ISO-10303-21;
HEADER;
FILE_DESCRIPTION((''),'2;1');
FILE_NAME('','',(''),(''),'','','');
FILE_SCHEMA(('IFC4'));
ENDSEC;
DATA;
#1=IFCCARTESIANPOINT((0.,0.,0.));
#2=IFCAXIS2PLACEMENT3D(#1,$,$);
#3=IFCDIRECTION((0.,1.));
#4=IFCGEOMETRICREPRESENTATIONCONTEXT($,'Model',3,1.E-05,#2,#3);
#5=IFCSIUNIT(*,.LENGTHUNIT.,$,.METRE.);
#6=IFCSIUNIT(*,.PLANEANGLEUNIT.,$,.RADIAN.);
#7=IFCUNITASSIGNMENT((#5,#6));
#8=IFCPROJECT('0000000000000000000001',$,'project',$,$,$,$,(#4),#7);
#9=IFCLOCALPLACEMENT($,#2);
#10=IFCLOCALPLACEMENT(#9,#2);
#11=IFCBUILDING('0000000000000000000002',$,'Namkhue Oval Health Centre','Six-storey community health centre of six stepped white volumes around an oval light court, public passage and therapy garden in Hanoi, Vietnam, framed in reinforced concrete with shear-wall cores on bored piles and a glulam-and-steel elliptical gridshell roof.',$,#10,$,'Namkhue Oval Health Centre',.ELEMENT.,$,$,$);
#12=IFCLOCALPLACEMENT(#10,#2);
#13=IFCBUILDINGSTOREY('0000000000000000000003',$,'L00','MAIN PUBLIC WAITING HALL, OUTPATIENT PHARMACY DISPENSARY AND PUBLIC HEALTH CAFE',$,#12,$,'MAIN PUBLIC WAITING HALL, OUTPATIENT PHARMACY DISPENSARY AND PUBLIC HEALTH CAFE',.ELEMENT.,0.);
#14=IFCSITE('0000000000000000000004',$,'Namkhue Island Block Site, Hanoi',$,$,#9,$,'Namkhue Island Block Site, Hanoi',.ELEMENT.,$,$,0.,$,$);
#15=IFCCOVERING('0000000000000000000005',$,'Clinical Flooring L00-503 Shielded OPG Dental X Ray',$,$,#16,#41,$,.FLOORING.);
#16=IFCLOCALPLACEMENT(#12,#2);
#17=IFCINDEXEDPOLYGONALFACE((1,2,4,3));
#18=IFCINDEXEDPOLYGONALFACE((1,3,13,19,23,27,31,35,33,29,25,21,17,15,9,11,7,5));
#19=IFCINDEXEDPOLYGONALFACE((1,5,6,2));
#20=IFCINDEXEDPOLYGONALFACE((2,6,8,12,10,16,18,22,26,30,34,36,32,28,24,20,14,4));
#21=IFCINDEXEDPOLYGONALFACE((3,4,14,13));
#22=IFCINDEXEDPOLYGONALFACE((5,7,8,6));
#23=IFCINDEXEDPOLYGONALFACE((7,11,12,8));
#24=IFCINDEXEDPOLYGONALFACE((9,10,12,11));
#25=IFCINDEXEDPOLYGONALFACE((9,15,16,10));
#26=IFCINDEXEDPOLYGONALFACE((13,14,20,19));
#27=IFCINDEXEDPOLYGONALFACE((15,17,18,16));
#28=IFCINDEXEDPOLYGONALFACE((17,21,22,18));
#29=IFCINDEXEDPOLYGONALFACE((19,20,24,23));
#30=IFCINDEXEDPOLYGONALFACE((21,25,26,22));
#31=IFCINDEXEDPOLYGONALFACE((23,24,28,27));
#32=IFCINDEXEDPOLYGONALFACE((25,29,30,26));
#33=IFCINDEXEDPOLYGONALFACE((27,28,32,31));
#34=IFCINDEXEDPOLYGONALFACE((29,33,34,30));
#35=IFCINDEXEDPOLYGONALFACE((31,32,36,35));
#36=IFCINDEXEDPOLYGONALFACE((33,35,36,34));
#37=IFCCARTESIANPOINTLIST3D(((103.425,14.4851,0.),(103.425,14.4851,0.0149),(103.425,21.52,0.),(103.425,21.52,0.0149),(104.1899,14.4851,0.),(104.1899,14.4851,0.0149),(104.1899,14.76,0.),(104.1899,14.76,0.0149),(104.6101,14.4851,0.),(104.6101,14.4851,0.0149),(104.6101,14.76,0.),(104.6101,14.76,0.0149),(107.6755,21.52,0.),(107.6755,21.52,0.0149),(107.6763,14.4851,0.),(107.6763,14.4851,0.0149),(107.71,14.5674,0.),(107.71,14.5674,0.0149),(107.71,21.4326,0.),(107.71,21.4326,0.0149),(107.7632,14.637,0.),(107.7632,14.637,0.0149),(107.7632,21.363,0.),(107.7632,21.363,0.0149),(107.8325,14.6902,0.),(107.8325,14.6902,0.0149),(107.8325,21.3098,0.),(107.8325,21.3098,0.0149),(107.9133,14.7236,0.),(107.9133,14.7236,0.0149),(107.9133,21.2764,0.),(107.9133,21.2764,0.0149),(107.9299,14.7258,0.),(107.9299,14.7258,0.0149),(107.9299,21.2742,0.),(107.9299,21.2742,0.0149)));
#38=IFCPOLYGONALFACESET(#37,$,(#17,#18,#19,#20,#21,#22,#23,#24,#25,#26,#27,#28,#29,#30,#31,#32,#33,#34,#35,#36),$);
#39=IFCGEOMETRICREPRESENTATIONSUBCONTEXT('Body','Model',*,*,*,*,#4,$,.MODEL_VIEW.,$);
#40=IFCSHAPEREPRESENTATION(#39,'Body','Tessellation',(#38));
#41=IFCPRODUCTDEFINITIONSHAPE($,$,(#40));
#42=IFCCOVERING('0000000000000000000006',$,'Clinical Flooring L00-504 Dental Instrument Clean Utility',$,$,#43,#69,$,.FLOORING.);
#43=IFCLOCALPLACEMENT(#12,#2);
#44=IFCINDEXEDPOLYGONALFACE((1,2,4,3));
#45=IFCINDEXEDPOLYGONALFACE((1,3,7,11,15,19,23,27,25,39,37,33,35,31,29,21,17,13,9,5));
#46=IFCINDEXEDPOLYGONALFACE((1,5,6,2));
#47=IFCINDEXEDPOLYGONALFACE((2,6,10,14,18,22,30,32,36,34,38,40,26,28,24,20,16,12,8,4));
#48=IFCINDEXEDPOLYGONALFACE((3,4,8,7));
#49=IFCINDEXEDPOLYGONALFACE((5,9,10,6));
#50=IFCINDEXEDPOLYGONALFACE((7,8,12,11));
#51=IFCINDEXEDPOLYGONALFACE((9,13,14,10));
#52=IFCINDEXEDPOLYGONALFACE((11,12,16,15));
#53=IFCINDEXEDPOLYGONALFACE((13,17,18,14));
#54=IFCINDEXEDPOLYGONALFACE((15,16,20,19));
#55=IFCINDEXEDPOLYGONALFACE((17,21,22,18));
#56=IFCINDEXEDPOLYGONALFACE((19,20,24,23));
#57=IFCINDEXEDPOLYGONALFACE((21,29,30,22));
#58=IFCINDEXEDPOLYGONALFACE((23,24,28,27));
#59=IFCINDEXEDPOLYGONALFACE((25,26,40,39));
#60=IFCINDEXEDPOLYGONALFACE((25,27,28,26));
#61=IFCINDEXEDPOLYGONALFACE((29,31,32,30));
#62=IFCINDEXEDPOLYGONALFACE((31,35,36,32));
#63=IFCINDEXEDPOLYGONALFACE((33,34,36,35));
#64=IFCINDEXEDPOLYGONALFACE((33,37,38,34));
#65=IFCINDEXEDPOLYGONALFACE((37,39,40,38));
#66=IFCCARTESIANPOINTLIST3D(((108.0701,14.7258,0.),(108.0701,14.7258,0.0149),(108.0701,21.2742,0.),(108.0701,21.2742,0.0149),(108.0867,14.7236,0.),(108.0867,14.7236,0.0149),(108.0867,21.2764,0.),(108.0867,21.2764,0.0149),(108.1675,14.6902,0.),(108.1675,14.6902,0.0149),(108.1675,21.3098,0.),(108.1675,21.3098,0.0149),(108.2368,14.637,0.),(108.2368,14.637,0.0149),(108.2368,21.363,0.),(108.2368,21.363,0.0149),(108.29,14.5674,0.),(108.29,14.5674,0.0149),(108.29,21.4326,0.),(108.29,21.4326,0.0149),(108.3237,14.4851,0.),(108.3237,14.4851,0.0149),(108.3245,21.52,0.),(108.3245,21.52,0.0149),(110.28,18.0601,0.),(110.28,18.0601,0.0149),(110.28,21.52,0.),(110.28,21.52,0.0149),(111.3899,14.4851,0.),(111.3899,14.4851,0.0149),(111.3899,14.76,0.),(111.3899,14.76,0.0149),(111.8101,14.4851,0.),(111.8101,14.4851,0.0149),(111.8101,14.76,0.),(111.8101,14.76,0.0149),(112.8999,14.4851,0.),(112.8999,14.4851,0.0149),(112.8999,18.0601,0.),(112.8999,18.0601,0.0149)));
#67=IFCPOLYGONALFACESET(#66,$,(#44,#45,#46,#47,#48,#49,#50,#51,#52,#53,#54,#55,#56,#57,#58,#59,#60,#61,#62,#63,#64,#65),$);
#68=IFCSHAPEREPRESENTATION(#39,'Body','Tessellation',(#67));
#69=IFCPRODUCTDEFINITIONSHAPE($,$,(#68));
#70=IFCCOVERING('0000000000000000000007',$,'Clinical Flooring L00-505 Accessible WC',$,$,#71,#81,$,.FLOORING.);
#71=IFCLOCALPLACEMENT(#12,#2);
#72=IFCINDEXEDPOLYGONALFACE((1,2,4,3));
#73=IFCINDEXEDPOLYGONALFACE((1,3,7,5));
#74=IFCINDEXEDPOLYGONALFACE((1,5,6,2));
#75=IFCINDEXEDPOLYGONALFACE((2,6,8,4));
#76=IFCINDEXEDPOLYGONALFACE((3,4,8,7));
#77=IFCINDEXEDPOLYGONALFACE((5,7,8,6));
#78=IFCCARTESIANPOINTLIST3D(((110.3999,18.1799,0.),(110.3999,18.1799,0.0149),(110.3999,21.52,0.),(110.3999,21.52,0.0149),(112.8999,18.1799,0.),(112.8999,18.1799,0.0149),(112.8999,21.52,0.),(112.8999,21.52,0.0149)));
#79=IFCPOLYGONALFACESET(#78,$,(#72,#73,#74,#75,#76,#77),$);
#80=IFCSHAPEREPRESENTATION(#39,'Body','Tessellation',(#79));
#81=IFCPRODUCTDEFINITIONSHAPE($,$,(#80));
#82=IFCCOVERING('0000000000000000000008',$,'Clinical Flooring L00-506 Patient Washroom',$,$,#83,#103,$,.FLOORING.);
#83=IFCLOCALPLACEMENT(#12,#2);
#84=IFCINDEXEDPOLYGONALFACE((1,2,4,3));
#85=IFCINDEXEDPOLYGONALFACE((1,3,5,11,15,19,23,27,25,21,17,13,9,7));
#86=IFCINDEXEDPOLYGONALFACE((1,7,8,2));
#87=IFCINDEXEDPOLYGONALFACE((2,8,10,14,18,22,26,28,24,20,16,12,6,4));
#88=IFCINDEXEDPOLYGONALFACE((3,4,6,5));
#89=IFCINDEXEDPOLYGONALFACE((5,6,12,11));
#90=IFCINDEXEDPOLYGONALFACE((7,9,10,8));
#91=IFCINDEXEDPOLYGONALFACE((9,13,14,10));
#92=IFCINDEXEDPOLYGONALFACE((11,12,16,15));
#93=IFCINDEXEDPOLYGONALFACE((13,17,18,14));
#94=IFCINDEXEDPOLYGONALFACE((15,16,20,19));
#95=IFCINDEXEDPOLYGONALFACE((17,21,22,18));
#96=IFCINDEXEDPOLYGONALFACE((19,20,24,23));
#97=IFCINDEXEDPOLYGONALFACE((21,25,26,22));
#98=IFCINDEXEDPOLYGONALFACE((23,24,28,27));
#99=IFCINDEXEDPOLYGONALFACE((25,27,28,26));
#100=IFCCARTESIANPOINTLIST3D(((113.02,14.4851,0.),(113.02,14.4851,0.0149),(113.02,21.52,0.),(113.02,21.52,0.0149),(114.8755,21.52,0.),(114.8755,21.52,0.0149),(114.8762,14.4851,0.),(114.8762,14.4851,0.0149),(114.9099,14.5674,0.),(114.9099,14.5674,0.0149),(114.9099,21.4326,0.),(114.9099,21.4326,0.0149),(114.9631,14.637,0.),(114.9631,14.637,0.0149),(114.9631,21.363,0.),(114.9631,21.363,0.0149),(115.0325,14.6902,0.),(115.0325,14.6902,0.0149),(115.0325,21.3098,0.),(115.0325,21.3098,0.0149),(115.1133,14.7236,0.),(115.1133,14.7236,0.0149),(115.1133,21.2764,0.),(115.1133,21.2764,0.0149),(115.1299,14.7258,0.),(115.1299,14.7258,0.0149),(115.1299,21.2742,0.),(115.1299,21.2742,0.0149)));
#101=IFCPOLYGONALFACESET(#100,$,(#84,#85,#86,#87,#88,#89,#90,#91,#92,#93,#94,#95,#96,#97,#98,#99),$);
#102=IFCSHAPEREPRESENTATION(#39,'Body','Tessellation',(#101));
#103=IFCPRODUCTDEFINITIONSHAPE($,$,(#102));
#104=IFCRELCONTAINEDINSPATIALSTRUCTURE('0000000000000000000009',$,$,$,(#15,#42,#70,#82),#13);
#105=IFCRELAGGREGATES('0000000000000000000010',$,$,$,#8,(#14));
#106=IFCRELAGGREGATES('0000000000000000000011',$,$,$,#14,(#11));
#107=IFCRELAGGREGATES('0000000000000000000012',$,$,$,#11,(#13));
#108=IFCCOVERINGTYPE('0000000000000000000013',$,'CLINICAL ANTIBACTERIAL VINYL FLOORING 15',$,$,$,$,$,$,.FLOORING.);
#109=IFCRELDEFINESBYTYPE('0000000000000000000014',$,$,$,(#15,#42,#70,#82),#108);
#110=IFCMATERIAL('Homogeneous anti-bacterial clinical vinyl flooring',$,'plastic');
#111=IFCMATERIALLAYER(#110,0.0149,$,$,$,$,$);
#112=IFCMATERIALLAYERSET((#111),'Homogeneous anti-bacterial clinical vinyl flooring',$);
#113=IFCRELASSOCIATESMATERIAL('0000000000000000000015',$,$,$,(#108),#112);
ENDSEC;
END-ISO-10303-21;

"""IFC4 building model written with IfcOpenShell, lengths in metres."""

from ifc_helpers import new_model, si_unit, direction, origin, place, context, subcontext, project, spatial, polyline, outline, extrude, material, layer, layer_set, type_object, element, save


model = new_model("IFC4")

# Units and contexts
model_context = context("Model", 3, precision=1e-05, world=origin(), true_north=direction((0.0, 1.0)))
body_context = subcontext(model_context, "Body", "Model", "MODEL_VIEW")
ifc_project = project(units=[si_unit("LENGTHUNIT", "METRE"), si_unit("PLANEANGLEUNIT", "RADIAN")], contexts=[model_context])

# Site, building, storey
site_placement = place(None, origin())
site = spatial("IfcSite", under=ifc_project, at=site_placement, Name="Namkhue Island Block Site, Hanoi", LongName="Namkhue Island Block Site, Hanoi", CompositionType="ELEMENT", RefElevation=0.0)
building_placement = place(site_placement, origin())
building = spatial("IfcBuilding", under=site, at=building_placement, Name="Namkhue Oval Health Centre", Description="Six-storey community health centre of six stepped white volumes around an oval light court, public passage and therapy garden in Hanoi, Vietnam, framed in reinforced concrete with shear-wall cores on bored piles and a glulam-and-steel elliptical gridshell roof.", LongName="Namkhue Oval Health Centre", CompositionType="ELEMENT")
storey_placement = place(building_placement, origin())
storey = spatial("IfcBuildingStorey", under=building, at=storey_placement, Name="L00", Description="MAIN PUBLIC WAITING HALL, OUTPATIENT PHARMACY DISPENSARY AND PUBLIC HEALTH CAFE", LongName="MAIN PUBLIC WAITING HALL, OUTPATIENT PHARMACY DISPENSARY AND PUBLIC HEALTH CAFE", CompositionType="ELEMENT", Elevation=0.0)

# Coverings
ifc_material_1 = material(Name="Homogeneous anti-bacterial clinical vinyl flooring", Category="plastic")
ifc_layer_1 = layer(ifc_material_1, 0.0149)
ifc_layer_set_1 = layer_set([ifc_layer_1], Name="Homogeneous anti-bacterial clinical vinyl flooring")
covering_type_1 = type_object("IfcCoveringType", Name="CLINICAL ANTIBACTERIAL VINYL FLOORING 15", PredefinedType="FLOORING", material=ifc_layer_set_1)
covering_1_placement = place(storey_placement, origin())
element("IfcCovering", 1, at=covering_1_placement, inside=storey, type_object=covering_type_1, Name="Clinical Flooring L00-503 Shielded OPG Dental X Ray", PredefinedType="FLOORING", context=body_context, shape_type="SweptSolid", body=[
    extrude(outline(polyline([(104.6101, 14.4851), (104.6101, 14.76), (104.1899, 14.76), (104.1899, 14.4851), (103.425, 14.4851), (103.425, 21.52), (107.6755, 21.52), (107.71, 21.4326), (107.7632, 21.363), (107.8325, 21.3098), (107.9133, 21.2764), (107.9299, 21.2742), (107.9299, 14.7258), (107.9133, 14.7236), (107.8325, 14.6902), (107.7632, 14.637), (107.71, 14.5674), (107.6763, 14.4851), (104.6101, 14.4851)])), origin(), (0.0, 0.0, 1.0), 0.0149),
])
covering_2_placement = place(storey_placement, origin())
element("IfcCovering", 2, at=covering_2_placement, inside=storey, type_object=covering_type_1, Name="Clinical Flooring L00-504 Dental Instrument Clean Utility", PredefinedType="FLOORING", context=body_context, shape_type="SweptSolid", body=[
    extrude(outline(polyline([(110.28, 21.52), (110.28, 18.0601), (112.8999, 18.0601), (112.8999, 14.4851), (111.8101, 14.4851), (111.8101, 14.76), (111.3899, 14.76), (111.3899, 14.4851), (108.3237, 14.4851), (108.29, 14.5674), (108.2368, 14.637), (108.1675, 14.6902), (108.0867, 14.7236), (108.0701, 14.7258), (108.0701, 21.2742), (108.0867, 21.2764), (108.1675, 21.3098), (108.2368, 21.363), (108.29, 21.4326), (108.3245, 21.52), (110.28, 21.52)])), origin(), (0.0, 0.0, 1.0), 0.0149),
])
covering_3_placement = place(storey_placement, origin())
element("IfcCovering", 3, at=covering_3_placement, inside=storey, type_object=covering_type_1, Name="Clinical Flooring L00-505 Accessible WC", PredefinedType="FLOORING", context=body_context, shape_type="SweptSolid", body=[
    extrude(outline(polyline([(110.3999, 18.1799), (110.3999, 21.52), (112.8999, 21.52), (112.8999, 18.1799), (110.3999, 18.1799)])), origin(), (0.0, 0.0, 1.0), 0.0149),
])
covering_4_placement = place(storey_placement, origin())
element("IfcCovering", 4, at=covering_4_placement, inside=storey, type_object=covering_type_1, Name="Clinical Flooring L00-506 Patient Washroom", PredefinedType="FLOORING", context=body_context, shape_type="SweptSolid", body=[
    extrude(outline(polyline([(113.02, 14.4851), (113.02, 21.52), (114.8755, 21.52), (114.9099, 21.4326), (114.9631, 21.363), (115.0325, 21.3098), (115.1133, 21.2764), (115.1299, 21.2742), (115.1299, 14.7258), (115.1133, 14.7236), (115.0325, 14.6902), (114.9631, 14.637), (114.9099, 14.5674), (114.8762, 14.4851), (113.02, 14.4851)])), origin(), (0.0, 0.0, 1.0), 0.0149),
])

save(model, "model.ifc")
